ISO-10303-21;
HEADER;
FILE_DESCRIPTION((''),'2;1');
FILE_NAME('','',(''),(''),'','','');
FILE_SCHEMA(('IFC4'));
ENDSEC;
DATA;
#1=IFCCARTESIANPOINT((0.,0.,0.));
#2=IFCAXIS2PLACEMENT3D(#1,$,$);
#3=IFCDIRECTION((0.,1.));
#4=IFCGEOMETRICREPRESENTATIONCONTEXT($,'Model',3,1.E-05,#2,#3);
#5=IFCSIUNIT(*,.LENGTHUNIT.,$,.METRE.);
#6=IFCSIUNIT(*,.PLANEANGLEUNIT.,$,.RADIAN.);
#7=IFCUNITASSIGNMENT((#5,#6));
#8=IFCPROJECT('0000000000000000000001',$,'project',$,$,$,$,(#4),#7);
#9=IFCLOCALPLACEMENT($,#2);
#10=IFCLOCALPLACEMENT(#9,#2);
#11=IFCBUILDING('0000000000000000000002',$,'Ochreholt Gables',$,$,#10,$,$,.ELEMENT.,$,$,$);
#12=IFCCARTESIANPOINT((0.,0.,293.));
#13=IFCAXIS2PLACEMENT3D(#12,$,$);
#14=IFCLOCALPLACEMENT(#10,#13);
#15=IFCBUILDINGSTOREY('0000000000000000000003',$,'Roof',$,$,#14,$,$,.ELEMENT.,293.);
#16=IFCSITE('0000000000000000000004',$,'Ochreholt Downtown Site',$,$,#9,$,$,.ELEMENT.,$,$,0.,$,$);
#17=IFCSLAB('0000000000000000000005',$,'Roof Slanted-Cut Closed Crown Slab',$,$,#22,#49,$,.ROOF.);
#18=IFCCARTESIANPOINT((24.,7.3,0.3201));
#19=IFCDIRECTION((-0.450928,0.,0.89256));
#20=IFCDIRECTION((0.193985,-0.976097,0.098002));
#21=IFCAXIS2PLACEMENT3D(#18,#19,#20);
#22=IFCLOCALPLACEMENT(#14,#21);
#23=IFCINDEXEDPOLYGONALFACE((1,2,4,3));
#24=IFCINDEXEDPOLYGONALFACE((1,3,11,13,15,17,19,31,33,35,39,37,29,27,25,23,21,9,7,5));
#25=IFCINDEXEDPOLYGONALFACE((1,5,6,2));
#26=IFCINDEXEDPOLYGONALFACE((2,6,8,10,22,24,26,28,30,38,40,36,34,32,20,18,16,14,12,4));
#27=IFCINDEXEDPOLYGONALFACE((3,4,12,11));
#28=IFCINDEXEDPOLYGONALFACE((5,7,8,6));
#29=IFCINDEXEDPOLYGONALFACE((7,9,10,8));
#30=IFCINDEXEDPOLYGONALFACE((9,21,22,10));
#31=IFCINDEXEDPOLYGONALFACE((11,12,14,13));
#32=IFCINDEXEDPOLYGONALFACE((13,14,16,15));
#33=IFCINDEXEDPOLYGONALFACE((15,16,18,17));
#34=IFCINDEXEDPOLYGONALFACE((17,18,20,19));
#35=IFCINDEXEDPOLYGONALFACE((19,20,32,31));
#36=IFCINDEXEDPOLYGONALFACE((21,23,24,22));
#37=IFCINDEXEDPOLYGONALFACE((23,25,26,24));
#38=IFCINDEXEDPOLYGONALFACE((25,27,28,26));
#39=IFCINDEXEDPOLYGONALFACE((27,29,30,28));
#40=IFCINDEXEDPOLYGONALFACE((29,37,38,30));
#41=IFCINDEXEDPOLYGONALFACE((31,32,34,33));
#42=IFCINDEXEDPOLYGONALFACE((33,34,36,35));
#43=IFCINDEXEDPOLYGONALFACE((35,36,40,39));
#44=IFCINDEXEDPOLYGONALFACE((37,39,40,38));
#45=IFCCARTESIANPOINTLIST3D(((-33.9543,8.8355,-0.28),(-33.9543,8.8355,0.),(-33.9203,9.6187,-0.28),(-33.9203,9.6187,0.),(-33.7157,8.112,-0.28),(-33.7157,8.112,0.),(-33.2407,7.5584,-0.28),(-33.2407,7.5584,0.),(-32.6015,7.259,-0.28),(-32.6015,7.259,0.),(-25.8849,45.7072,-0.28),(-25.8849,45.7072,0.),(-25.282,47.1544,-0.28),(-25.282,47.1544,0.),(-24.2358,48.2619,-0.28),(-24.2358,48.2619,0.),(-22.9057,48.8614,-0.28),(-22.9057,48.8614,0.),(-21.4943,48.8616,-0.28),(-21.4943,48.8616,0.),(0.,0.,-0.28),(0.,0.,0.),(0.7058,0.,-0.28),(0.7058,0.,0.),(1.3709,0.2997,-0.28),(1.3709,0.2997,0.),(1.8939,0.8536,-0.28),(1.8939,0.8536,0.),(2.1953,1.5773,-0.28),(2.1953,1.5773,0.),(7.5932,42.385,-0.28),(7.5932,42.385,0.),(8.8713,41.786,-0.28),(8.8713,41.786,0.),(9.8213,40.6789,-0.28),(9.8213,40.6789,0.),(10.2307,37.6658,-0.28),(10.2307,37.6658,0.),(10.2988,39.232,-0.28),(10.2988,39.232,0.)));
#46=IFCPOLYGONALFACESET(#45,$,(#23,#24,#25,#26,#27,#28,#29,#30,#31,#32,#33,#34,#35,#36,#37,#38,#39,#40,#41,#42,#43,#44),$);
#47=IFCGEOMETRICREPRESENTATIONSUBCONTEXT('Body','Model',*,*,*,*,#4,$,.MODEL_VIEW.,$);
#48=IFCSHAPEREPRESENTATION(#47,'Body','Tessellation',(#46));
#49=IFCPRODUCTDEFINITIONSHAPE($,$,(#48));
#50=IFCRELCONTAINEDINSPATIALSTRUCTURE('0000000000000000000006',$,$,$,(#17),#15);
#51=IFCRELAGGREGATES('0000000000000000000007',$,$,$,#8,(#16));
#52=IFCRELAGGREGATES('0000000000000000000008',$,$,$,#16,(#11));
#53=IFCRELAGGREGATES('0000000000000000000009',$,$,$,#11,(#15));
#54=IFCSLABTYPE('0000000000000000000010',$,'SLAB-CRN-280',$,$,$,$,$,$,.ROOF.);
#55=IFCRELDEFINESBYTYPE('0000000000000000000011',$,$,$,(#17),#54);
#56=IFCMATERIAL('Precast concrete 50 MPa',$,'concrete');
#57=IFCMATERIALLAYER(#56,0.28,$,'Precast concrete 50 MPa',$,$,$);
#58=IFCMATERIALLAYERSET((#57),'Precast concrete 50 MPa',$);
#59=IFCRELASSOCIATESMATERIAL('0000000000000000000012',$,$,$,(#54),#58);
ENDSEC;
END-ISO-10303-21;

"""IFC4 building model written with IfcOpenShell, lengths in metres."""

from ifc_helpers import new_model, si_unit, direction, frame, origin, place, context, subcontext, project, spatial, polyline, outline, extrude, material, layer, layer_set, type_object, element, save


model = new_model("IFC4")

# Units and contexts
model_context = context("Model", 3, precision=1e-05, world=origin(), true_north=direction((0.0, 1.0)))
body_context = subcontext(model_context, "Body", "Model", "MODEL_VIEW")
ifc_project = project(units=[si_unit("LENGTHUNIT", "METRE"), si_unit("PLANEANGLEUNIT", "RADIAN")], contexts=[model_context])

# Site, building, storey
site_placement = place(None, origin())
site = spatial("IfcSite", under=ifc_project, at=site_placement, Name="Ochreholt Downtown Site", CompositionType="ELEMENT", RefElevation=0.0)
building_placement = place(site_placement, origin())
building = spatial("IfcBuilding", under=site, at=building_placement, Name="Ochreholt Gables", CompositionType="ELEMENT")
storey_placement = place(building_placement, frame((0.0, 0.0, 293.0)))
storey = spatial("IfcBuildingStorey", under=building, at=storey_placement, Name="Roof", CompositionType="ELEMENT", Elevation=293.0)

# Slab
ifc_material_1 = material(Name="Precast concrete 50 MPa", Category="concrete")
ifc_layer_1 = layer(ifc_material_1, 0.28, Name="Precast concrete 50 MPa")
ifc_layer_set_1 = layer_set([ifc_layer_1], Name="Precast concrete 50 MPa")
slab_type = type_object("IfcSlabType", Name="SLAB-CRN-280", PredefinedType="ROOF", material=ifc_layer_set_1)
slab_placement = place(storey_placement, frame((24.0, 7.3, 0.3201), z_axis=(-0.450928, 0.0, 0.89256), x_axis=(0.193985, -0.976097, 0.098002)))
element("IfcSlab", 1, at=slab_placement, inside=storey, type_object=slab_type, Name="Roof Slanted-Cut Closed Crown Slab", PredefinedType="ROOF", context=body_context, shape_type="SweptSolid", body=[
    extrude(outline(polyline([(0.0, 0.0), (0.7058, 0.0), (1.3709, 0.2997), (1.8939, 0.8536), (2.1953, 1.5773), (10.2307, 37.6658), (10.2988, 39.232), (9.8213, 40.6789), (8.8713, 41.786), (7.5932, 42.385), (-21.4943, 48.8616), (-22.9057, 48.8614), (-24.2358, 48.2619), (-25.282, 47.1544), (-25.8849, 45.7072), (-33.9203, 9.6187), (-33.9543, 8.8355), (-33.7157, 8.112), (-33.2407, 7.5584), (-32.6015, 7.259), (0.0, 0.0)])), origin(), (0.0, 0.0, -1.0), 0.28),
])

save(model, "model.ifc")
